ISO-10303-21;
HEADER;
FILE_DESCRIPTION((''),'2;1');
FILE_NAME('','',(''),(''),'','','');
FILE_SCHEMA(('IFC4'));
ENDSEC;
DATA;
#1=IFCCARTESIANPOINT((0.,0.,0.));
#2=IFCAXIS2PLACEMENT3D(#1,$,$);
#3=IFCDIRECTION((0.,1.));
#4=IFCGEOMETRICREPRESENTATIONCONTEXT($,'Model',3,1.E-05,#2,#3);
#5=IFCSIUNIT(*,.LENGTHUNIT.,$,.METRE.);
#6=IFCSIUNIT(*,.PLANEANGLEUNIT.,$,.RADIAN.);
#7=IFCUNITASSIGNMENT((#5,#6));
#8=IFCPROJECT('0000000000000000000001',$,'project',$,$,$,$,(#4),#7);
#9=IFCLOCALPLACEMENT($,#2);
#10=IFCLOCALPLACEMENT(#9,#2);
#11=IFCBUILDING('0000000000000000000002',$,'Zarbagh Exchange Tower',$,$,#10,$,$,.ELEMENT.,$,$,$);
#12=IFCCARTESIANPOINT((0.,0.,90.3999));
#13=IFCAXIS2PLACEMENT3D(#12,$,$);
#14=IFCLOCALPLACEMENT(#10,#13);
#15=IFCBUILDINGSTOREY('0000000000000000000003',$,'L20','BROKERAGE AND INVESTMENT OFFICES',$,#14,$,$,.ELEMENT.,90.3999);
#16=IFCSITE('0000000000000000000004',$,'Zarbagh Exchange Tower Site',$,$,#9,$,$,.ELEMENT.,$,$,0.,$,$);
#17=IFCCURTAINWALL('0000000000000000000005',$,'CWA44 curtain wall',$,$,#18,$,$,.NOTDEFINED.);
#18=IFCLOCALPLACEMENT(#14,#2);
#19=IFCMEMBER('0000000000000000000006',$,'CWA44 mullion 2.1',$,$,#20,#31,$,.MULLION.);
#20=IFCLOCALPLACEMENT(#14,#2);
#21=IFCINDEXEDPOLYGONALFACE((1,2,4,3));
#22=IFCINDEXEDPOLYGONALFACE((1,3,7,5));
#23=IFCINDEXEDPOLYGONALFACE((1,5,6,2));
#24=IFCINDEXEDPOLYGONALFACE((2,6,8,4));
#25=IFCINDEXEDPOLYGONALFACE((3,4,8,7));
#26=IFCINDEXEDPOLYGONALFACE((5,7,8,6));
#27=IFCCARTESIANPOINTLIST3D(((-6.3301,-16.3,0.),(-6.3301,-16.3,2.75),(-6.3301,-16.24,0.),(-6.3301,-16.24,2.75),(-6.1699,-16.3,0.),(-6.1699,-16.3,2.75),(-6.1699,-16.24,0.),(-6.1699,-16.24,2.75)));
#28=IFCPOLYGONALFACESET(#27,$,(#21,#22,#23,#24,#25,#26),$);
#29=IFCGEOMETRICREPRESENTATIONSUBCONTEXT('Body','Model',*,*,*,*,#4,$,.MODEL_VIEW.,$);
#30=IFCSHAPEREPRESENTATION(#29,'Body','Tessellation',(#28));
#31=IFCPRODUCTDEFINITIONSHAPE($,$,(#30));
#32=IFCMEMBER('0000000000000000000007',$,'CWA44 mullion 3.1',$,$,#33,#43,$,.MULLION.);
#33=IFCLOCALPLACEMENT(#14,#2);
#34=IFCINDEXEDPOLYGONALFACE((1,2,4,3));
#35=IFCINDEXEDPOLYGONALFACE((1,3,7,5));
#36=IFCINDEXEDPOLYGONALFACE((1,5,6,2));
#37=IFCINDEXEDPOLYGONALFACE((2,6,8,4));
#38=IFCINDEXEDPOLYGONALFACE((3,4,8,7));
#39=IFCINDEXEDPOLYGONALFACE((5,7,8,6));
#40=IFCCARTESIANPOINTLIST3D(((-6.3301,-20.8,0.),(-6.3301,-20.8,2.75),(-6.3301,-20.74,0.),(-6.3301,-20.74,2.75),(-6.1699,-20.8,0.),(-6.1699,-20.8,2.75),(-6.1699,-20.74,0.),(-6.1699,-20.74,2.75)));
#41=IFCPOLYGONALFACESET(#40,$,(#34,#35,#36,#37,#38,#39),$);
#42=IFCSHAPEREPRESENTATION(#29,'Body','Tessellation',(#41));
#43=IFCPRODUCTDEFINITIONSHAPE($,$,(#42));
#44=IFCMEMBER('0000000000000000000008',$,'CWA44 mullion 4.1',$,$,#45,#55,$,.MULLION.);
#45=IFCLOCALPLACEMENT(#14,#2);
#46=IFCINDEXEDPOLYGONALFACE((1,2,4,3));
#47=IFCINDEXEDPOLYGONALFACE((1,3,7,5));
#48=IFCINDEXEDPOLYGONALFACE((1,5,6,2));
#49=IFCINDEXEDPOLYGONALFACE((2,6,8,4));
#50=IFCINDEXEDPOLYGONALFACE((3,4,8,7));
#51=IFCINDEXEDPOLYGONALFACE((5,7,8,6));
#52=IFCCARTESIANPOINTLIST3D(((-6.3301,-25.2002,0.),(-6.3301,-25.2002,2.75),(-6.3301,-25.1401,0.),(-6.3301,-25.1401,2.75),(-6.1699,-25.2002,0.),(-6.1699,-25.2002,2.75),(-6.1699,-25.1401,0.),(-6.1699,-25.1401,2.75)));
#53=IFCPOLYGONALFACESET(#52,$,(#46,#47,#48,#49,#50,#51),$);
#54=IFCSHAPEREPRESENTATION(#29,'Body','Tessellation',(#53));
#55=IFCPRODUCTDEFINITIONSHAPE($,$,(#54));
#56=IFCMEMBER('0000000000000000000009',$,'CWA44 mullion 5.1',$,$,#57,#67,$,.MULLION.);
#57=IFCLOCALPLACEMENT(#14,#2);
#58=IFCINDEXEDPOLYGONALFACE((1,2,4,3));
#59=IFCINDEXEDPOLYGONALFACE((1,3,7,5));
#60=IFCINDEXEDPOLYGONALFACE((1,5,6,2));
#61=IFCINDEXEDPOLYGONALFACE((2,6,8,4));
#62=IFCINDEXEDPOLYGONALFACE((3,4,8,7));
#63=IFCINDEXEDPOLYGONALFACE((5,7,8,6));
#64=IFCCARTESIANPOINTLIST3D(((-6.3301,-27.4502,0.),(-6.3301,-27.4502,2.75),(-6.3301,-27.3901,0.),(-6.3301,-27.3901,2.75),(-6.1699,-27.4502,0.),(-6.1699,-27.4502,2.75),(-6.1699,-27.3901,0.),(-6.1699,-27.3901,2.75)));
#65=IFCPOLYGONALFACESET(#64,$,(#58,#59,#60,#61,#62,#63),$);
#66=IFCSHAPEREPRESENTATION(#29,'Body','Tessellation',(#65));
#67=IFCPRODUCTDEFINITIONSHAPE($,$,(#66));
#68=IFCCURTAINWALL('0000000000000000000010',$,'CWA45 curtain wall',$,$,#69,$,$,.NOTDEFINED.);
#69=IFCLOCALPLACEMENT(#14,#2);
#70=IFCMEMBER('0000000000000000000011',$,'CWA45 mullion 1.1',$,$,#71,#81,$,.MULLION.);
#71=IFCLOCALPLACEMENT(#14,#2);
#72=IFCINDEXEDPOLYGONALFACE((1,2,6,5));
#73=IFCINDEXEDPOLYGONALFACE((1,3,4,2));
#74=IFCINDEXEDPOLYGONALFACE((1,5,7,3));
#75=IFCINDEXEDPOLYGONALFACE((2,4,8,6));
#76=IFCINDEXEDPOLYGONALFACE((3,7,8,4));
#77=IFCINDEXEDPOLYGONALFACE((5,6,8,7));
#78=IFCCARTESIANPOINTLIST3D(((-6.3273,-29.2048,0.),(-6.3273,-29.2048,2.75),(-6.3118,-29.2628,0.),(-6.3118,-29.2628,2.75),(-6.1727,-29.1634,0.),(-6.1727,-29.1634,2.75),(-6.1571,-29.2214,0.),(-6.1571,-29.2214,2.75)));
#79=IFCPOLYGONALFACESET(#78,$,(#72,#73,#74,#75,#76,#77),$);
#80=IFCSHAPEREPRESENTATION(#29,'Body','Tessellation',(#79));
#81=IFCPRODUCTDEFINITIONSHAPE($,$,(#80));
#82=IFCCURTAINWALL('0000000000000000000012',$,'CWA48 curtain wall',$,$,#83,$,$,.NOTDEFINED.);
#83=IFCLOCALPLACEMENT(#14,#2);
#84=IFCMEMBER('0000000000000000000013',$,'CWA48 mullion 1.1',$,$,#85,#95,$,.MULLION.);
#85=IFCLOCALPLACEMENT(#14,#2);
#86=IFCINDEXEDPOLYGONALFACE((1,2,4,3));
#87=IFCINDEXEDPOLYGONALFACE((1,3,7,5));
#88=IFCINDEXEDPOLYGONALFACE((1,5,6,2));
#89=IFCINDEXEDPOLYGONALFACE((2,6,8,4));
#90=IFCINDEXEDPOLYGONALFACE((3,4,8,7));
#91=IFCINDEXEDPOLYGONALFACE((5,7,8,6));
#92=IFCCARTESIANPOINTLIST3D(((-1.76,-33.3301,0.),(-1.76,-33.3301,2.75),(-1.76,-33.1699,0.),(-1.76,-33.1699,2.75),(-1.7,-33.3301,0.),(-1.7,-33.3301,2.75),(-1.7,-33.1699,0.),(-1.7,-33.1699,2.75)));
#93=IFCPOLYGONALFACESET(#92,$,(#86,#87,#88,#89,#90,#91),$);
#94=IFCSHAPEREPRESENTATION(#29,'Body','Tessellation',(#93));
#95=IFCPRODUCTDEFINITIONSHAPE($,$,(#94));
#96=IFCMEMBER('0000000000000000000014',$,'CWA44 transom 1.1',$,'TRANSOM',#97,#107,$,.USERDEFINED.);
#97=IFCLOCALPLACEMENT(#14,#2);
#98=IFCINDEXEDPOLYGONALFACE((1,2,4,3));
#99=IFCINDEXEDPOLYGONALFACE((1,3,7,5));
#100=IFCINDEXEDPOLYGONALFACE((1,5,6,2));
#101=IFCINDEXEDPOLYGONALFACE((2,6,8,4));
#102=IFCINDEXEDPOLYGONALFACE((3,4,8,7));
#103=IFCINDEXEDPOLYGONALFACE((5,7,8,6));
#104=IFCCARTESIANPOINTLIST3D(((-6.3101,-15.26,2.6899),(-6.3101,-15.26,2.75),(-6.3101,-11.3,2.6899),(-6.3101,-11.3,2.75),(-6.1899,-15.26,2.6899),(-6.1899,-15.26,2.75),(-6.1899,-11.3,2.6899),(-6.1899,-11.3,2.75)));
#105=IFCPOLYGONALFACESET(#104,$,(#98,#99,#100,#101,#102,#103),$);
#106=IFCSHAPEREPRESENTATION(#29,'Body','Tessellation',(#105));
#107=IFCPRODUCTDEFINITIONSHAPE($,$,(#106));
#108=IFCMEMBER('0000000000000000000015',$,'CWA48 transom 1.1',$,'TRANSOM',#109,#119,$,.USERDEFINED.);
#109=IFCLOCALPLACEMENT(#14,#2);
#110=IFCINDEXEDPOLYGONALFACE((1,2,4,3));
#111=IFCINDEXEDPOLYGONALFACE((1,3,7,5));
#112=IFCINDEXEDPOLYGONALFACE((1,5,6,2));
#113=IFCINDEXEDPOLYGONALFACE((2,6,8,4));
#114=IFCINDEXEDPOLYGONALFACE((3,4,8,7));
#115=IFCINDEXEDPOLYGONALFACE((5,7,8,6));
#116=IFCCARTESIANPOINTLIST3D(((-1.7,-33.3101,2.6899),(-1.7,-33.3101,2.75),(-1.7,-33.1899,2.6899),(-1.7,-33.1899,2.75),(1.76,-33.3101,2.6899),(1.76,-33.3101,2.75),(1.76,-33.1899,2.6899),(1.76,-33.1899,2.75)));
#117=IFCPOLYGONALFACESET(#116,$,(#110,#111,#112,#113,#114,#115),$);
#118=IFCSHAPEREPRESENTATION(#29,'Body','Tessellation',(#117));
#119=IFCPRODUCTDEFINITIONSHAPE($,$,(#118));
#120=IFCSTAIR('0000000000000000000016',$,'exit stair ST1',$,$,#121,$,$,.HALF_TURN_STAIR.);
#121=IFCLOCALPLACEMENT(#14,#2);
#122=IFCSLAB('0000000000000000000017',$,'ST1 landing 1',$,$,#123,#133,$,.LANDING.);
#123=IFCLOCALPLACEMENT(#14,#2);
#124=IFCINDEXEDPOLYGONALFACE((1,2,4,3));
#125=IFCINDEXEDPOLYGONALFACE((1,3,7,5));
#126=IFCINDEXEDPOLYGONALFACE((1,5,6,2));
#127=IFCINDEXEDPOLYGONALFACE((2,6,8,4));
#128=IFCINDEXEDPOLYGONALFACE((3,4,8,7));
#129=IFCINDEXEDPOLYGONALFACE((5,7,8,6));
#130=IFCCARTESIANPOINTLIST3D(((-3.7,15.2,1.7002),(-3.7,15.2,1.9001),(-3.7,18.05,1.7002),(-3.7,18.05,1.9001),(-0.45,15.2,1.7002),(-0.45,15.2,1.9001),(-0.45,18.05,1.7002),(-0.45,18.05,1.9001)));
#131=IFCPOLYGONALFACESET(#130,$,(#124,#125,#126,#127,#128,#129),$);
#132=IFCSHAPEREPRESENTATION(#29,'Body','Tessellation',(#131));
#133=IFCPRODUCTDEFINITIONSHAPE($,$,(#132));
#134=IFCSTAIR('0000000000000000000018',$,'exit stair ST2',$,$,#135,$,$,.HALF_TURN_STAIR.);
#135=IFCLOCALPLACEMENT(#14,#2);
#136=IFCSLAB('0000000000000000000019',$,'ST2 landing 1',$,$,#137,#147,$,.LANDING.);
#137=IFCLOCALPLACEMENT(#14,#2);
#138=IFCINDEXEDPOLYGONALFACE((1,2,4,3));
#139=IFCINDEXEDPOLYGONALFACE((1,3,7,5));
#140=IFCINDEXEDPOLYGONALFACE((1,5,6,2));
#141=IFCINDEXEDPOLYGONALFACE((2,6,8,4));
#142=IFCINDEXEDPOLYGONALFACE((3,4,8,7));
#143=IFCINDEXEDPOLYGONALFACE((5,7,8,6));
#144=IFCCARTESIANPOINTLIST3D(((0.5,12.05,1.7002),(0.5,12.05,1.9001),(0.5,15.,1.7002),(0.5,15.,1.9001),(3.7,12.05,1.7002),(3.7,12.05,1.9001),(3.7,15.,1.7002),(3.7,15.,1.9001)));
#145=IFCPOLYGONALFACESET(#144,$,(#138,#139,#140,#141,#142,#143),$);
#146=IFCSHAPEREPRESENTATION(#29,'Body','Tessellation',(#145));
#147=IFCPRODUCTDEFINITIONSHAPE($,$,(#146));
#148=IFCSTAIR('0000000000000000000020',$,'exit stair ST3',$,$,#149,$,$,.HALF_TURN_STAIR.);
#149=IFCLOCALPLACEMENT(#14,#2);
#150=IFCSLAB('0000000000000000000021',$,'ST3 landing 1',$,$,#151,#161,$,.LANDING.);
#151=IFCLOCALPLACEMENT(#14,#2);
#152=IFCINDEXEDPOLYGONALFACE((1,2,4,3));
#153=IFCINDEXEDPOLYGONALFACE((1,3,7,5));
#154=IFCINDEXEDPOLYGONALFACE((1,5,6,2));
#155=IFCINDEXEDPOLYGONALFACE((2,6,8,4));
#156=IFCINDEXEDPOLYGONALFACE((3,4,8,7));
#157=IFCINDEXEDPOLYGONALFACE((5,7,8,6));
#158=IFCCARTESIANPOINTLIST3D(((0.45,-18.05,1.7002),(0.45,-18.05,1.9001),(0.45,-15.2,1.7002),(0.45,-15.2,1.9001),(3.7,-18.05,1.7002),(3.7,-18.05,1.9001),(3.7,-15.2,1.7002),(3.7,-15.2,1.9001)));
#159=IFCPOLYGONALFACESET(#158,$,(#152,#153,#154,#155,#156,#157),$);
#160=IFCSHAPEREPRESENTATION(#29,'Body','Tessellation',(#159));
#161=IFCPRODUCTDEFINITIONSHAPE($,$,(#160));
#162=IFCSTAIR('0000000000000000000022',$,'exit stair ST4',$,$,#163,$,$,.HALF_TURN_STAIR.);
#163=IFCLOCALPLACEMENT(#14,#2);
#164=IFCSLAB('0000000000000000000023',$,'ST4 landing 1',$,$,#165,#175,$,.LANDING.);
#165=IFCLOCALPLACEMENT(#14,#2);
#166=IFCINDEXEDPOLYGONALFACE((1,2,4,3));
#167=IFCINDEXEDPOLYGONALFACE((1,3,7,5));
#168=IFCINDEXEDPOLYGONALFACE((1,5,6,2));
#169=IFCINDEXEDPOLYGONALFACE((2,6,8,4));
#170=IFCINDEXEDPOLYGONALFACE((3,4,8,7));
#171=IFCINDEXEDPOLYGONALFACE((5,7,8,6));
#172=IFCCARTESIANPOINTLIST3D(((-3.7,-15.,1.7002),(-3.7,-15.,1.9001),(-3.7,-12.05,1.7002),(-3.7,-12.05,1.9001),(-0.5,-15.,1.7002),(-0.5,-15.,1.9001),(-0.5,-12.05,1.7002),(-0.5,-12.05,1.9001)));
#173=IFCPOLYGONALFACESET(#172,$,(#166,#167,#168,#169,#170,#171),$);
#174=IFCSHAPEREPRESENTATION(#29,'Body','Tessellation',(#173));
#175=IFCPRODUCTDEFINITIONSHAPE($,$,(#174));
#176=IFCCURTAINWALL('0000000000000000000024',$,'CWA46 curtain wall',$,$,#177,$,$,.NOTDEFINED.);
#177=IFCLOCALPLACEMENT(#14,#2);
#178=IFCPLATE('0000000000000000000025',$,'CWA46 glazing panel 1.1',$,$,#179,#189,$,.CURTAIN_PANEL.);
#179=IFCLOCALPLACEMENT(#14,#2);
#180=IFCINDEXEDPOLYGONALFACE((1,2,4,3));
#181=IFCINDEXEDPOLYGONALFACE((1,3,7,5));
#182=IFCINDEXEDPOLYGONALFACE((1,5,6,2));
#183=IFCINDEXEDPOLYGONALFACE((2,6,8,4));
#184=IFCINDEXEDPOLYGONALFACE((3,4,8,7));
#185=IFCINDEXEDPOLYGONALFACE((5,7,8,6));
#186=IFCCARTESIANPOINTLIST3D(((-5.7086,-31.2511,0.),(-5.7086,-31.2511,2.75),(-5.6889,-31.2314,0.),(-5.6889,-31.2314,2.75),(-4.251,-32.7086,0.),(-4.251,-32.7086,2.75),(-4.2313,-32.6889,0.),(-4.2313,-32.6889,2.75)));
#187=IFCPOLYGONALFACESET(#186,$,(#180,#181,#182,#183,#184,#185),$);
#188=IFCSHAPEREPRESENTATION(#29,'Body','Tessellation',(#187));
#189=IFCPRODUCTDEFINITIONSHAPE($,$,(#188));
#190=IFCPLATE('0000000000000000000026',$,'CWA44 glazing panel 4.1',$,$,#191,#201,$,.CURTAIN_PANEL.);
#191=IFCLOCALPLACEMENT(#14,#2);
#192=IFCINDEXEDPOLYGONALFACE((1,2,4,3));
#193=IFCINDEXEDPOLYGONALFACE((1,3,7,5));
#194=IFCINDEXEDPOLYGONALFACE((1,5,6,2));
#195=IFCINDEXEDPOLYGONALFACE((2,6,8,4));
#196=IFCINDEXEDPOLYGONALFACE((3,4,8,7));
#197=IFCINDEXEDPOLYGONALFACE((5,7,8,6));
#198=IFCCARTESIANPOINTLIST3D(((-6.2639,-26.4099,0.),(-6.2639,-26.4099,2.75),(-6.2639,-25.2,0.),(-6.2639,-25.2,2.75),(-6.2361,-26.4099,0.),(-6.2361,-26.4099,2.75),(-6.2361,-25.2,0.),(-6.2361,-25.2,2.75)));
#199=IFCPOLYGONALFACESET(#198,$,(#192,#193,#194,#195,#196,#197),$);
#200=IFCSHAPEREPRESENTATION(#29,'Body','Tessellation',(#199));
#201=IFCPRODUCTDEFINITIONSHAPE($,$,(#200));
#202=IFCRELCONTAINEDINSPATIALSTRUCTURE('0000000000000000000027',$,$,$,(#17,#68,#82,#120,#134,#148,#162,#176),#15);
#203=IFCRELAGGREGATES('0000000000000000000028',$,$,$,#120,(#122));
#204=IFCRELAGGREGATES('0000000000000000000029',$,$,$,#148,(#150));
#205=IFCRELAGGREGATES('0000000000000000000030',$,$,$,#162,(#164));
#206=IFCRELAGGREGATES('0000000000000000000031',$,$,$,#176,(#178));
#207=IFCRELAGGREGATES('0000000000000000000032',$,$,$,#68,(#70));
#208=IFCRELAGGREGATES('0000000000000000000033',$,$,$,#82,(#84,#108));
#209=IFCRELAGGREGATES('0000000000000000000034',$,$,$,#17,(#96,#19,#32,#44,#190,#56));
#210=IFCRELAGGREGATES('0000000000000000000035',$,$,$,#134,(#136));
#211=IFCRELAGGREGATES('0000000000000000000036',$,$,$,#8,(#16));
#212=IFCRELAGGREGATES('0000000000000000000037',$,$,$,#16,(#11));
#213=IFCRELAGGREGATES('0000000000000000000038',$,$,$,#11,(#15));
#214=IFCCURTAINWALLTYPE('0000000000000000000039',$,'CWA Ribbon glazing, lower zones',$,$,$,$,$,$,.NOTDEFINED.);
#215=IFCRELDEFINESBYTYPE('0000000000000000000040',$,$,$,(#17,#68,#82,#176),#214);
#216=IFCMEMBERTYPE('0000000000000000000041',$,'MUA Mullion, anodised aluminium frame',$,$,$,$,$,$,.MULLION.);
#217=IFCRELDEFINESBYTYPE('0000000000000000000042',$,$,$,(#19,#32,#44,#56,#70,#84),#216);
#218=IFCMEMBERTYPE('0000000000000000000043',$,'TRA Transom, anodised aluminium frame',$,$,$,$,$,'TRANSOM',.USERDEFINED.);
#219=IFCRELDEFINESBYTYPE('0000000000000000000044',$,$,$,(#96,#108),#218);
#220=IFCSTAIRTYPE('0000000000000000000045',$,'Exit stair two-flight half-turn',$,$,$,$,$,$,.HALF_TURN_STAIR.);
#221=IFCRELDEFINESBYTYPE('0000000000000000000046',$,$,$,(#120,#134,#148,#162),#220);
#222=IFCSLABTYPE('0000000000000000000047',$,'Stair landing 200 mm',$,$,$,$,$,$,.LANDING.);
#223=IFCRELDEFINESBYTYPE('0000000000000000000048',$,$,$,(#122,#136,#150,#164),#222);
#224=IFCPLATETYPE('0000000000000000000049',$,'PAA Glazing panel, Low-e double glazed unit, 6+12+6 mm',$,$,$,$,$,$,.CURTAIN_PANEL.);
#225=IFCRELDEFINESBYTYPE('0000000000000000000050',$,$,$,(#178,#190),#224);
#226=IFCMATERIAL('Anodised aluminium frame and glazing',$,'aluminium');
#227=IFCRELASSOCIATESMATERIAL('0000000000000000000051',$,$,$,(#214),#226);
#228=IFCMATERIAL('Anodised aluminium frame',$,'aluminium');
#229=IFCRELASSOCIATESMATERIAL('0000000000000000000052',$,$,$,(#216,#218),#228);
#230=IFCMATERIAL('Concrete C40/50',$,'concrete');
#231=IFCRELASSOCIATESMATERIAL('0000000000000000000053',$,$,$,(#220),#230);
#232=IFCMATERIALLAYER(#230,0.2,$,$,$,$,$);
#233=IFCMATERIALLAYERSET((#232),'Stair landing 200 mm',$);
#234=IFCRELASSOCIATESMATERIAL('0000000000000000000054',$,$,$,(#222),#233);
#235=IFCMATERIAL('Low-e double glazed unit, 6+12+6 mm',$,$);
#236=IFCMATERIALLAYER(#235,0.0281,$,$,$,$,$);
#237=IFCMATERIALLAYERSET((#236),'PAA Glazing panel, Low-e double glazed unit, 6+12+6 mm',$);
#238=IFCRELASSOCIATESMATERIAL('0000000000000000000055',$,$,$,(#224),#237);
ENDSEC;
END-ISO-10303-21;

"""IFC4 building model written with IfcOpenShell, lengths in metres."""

from ifc_helpers import new_model, si_unit, direction, frame, origin, place, context, subcontext, project, spatial, polyline, outline, extrude, source, transform, mapped, material, layer, layer_set, type_object, element, aggregate, save


model = new_model("IFC4")

# Units and contexts
model_context = context("Model", 3, precision=1e-05, world=origin(), true_north=direction((0.0, 1.0)))
body_context = subcontext(model_context, "Body", "Model", "MODEL_VIEW")
ifc_project = project(units=[si_unit("LENGTHUNIT", "METRE"), si_unit("PLANEANGLEUNIT", "RADIAN")], contexts=[model_context])

# Site, building, storey
site_placement = place(None, origin())
site = spatial("IfcSite", under=ifc_project, at=site_placement, Name="Zarbagh Exchange Tower Site", CompositionType="ELEMENT", RefElevation=0.0)
building_placement = place(site_placement, origin())
building = spatial("IfcBuilding", under=site, at=building_placement, Name="Zarbagh Exchange Tower", CompositionType="ELEMENT")
storey_placement = place(building_placement, frame((0.0, 0.0, 90.3999)))
storey = spatial("IfcBuildingStorey", under=building, at=storey_placement, Name="L20", Description="BROKERAGE AND INVESTMENT OFFICES", CompositionType="ELEMENT", Elevation=90.3999)

# Curtain wall, members
ifc_material_1 = material(Name="Anodised aluminium frame and glazing", Category="aluminium")
curtain_wall_type = type_object("IfcCurtainWallType", Name="CWA Ribbon glazing, lower zones", PredefinedType="NOTDEFINED", material=ifc_material_1)
curtain_wall_1_placement = place(storey_placement, origin())
curtain_wall_1 = element("IfcCurtainWall", 1, at=curtain_wall_1_placement, inside=storey, type_object=curtain_wall_type, Name="CWA44 curtain wall", PredefinedType="NOTDEFINED")
ifc_material_2 = material(Name="Anodised aluminium frame", Category="aluminium")
member_type_1 = type_object("IfcMemberType", Name="MUA Mullion, anodised aluminium frame", PredefinedType="MULLION", material=ifc_material_2)
shared_shape_1 = source(origin(), body_context, "Body", "SweptSolid", [
    extrude(outline(polyline([(0.0, -0.0801), (0.0601, -0.0801), (0.0601, 0.0801), (0.0, 0.0801), (0.0, -0.0801)])), origin(), (0.0, 0.0, 1.0), 2.75),
])
placement = place(storey_placement, origin())
member_1 = element("IfcMember", 2, at=placement, type_object=member_type_1, Name="CWA44 mullion 2.1", PredefinedType="MULLION", context=body_context, shape_type="MappedRepresentation", body=[
    mapped(shared_shape_1, transform((-6.25, -16.24, 0.0), x_axis=(0.0, -1.0, 0.0), y_axis=(1.0, 0.0, 0.0), z_axis=(0.0, 0.0, 1.0))),
])
member_2 = element("IfcMember", 3, at=placement, type_object=member_type_1, Name="CWA44 mullion 3.1", PredefinedType="MULLION", context=body_context, shape_type="MappedRepresentation", body=[
    mapped(shared_shape_1, transform((-6.25, -20.74, 0.0), x_axis=(0.0, -1.0, 0.0), y_axis=(1.0, 0.0, 0.0), z_axis=(0.0, 0.0, 1.0))),
])
member_3 = element("IfcMember", 4, at=placement, type_object=member_type_1, Name="CWA44 mullion 4.1", PredefinedType="MULLION", context=body_context, shape_type="MappedRepresentation", body=[
    mapped(shared_shape_1, transform((-6.25, -25.1401, 0.0), x_axis=(0.0, -1.0, 0.0), y_axis=(1.0, 0.0, 0.0), z_axis=(0.0, 0.0, 1.0))),
])
member_4 = element("IfcMember", 5, at=placement, type_object=member_type_1, Name="CWA44 mullion 5.1", PredefinedType="MULLION", context=body_context, shape_type="MappedRepresentation", body=[
    mapped(shared_shape_1, transform((-6.25, -27.3901, 0.0), x_axis=(0.0, -1.0, 0.0), y_axis=(1.0, 0.0, 0.0), z_axis=(0.0, 0.0, 1.0))),
])

# Curtain walls, members
curtain_wall_2_placement = place(storey_placement, origin())
curtain_wall_2 = element("IfcCurtainWall", 6, at=curtain_wall_2_placement, inside=storey, type_object=curtain_wall_type, Name="CWA45 curtain wall", PredefinedType="NOTDEFINED")
member_5 = element("IfcMember", 7, at=placement, type_object=member_type_1, Name="CWA45 mullion 1.1", PredefinedType="MULLION", context=body_context, shape_type="MappedRepresentation", body=[
    mapped(shared_shape_1, transform((-6.25, -29.1841, 0.0), x_axis=(0.258825, -0.965924, 0.0), y_axis=(0.965924, 0.258825, 0.0), z_axis=(0.0, 0.0, 1.0))),
])
curtain_wall_3_placement = place(storey_placement, origin())
curtain_wall_3 = element("IfcCurtainWall", 8, at=curtain_wall_3_placement, inside=storey, type_object=curtain_wall_type, Name="CWA48 curtain wall", PredefinedType="NOTDEFINED")
member_6 = element("IfcMember", 9, at=placement, type_object=member_type_1, Name="CWA48 mullion 1.1", PredefinedType="MULLION", context=body_context, shape_type="MappedRepresentation", body=[
    mapped(shared_shape_1, transform((-1.76, -33.25, 0.0), x_axis=(1.0, 0.0, 0.0), y_axis=(0.0, 1.0, 0.0), z_axis=(0.0, 0.0, 1.0))),
])

# Members
member_type_2 = type_object("IfcMemberType", Name="TRA Transom, anodised aluminium frame", ElementType="TRANSOM", PredefinedType="USERDEFINED", material=ifc_material_2)
shared_shape_2 = source(origin(), body_context, "Body", "SweptSolid", [
    extrude(outline(polyline([(-0.0601, -0.0601), (0.0, -0.0601), (0.0, 0.0601), (-0.0601, 0.0601), (-0.0601, -0.0601)])), origin(), (0.0, 0.0, 1.0), 3.96),
])
member_7 = element("IfcMember", 10, at=placement, type_object=member_type_2, Name="CWA44 transom 1.1", ObjectType="TRANSOM", PredefinedType="USERDEFINED", context=body_context, shape_type="MappedRepresentation", body=[
    mapped(shared_shape_2, transform((-6.25, -11.3, 2.75), x_axis=(0.0, 0.0, 1.0), y_axis=(-1.0, 0.0, 0.0), z_axis=(0.0, -1.0, 0.0))),
])
shared_shape_3 = source(origin(), body_context, "Body", "SweptSolid", [
    extrude(outline(polyline([(-0.0601, -0.0601), (0.0, -0.0601), (0.0, 0.0601), (-0.0601, 0.0601), (-0.0601, -0.0601)])), origin(), (0.0, 0.0, 1.0), 3.46),
])
member_8 = element("IfcMember", 11, at=placement, type_object=member_type_2, Name="CWA48 transom 1.1", ObjectType="TRANSOM", PredefinedType="USERDEFINED", context=body_context, shape_type="MappedRepresentation", body=[
    mapped(shared_shape_3, transform((-1.7, -33.25, 2.75), x_axis=(0.0, 0.0, 1.0), y_axis=(0.0, -1.0, 0.0), z_axis=(1.0, 0.0, 0.0))),
])

# Stairs, slabs
ifc_material_3 = material(Name="Concrete C40/50", Category="concrete")
stair_type = type_object("IfcStairType", Name="Exit stair two-flight half-turn", PredefinedType="HALF_TURN_STAIR", material=ifc_material_3)
stair_1_placement = place(storey_placement, origin())
stair_1 = element("IfcStair", 12, at=stair_1_placement, inside=storey, type_object=stair_type, Name="exit stair ST1", PredefinedType="HALF_TURN_STAIR")
ifc_layer_1 = layer(ifc_material_3, 0.2)
ifc_layer_set_1 = layer_set([ifc_layer_1], Name="Stair landing 200 mm")
slab_type = type_object("IfcSlabType", Name="Stair landing 200 mm", PredefinedType="LANDING", material=ifc_layer_set_1)
slab_1_placement = place(storey_placement, frame((0.0, 0.0, 1.7002)))
slab_1 = element("IfcSlab", 13, at=slab_1_placement, type_object=slab_type, Name="ST1 landing 1", PredefinedType="LANDING", context=body_context, shape_type="SweptSolid", body=[
    extrude(outline(polyline([(-0.45, 18.05), (-3.7, 18.05), (-3.7, 15.2), (-0.45, 15.2), (-0.45, 18.05)])), origin(), (0.0, 0.0, 1.0), 0.2),
])
aggregate(stair_1, [slab_1])
stair_2_placement = place(storey_placement, origin())
stair_2 = element("IfcStair", 14, at=stair_2_placement, inside=storey, type_object=stair_type, Name="exit stair ST2", PredefinedType="HALF_TURN_STAIR")
slab_2_placement = place(storey_placement, frame((0.0, 0.0, 1.7002)))
slab_2 = element("IfcSlab", 15, at=slab_2_placement, type_object=slab_type, Name="ST2 landing 1", PredefinedType="LANDING", context=body_context, shape_type="SweptSolid", body=[
    extrude(outline(polyline([(0.5, 12.05), (3.7, 12.05), (3.7, 15.0), (0.5, 15.0), (0.5, 12.05)])), origin(), (0.0, 0.0, 1.0), 0.2),
])
stair_3_placement = place(storey_placement, origin())
stair_3 = element("IfcStair", 16, at=stair_3_placement, inside=storey, type_object=stair_type, Name="exit stair ST3", PredefinedType="HALF_TURN_STAIR")
slab_3_placement = place(storey_placement, frame((0.0, 0.0, 1.7002)))
slab_3 = element("IfcSlab", 17, at=slab_3_placement, type_object=slab_type, Name="ST3 landing 1", PredefinedType="LANDING", context=body_context, shape_type="SweptSolid", body=[
    extrude(outline(polyline([(0.45, -18.05), (3.7, -18.05), (3.7, -15.2), (0.45, -15.2), (0.45, -18.05)])), origin(), (0.0, 0.0, 1.0), 0.2),
])
aggregate(stair_3, [slab_3])
stair_4_placement = place(storey_placement, origin())
stair_4 = element("IfcStair", 18, at=stair_4_placement, inside=storey, type_object=stair_type, Name="exit stair ST4", PredefinedType="HALF_TURN_STAIR")
slab_4_placement = place(storey_placement, frame((0.0, 0.0, 1.7002)))
slab_4 = element("IfcSlab", 19, at=slab_4_placement, type_object=slab_type, Name="ST4 landing 1", PredefinedType="LANDING", context=body_context, shape_type="SweptSolid", body=[
    extrude(outline(polyline([(-0.5, -12.05), (-3.7, -12.05), (-3.7, -15.0), (-0.5, -15.0), (-0.5, -12.05)])), origin(), (0.0, 0.0, 1.0), 0.2),
])
aggregate(stair_4, [slab_4])

# Curtain wall, plate
curtain_wall_4_placement = place(storey_placement, origin())
curtain_wall_4 = element("IfcCurtainWall", 20, at=curtain_wall_4_placement, inside=storey, type_object=curtain_wall_type, Name="CWA46 curtain wall", PredefinedType="NOTDEFINED")
ifc_material_4 = material(Name="Low-e double glazed unit, 6+12+6 mm")
ifc_layer_2 = layer(ifc_material_4, 0.0281)
ifc_layer_set_2 = layer_set([ifc_layer_2], Name="PAA Glazing panel, Low-e double glazed unit, 6+12+6 mm")
plate_type = type_object("IfcPlateType", Name="PAA Glazing panel, Low-e double glazed unit, 6+12+6 mm", PredefinedType="CURTAIN_PANEL", material=ifc_layer_set_2)
shared_shape_4 = source(origin(), body_context, "Body", "SweptSolid", [
    extrude(outline(polyline([(0.0, -0.0139), (2.0613, -0.0139), (2.0613, 0.0139), (0.0, 0.0139), (0.0, -0.0139)])), origin(), (0.0, 0.0, 1.0), 2.75),
])
plate_1 = element("IfcPlate", 21, at=placement, type_object=plate_type, Name="CWA46 glazing panel 1.1", PredefinedType="CURTAIN_PANEL", context=body_context, shape_type="MappedRepresentation", body=[
    mapped(shared_shape_4, transform((-5.6987, -31.2412, 0.0), x_axis=(0.707107, -0.707107, 0.0), y_axis=(0.707107, 0.707107, 0.0), z_axis=(0.0, 0.0, 1.0))),
])
aggregate(curtain_wall_4, [plate_1])

# Plate
shared_shape_5 = source(origin(), body_context, "Body", "SweptSolid", [
    extrude(outline(polyline([(0.0, -0.0139), (1.21, -0.0139), (1.21, 0.0139), (0.0, 0.0139), (0.0, -0.0139)])), origin(), (0.0, 0.0, 1.0), 2.75),
])
plate_2 = element("IfcPlate", 22, at=placement, type_object=plate_type, Name="CWA44 glazing panel 4.1", PredefinedType="CURTAIN_PANEL", context=body_context, shape_type="MappedRepresentation", body=[
    mapped(shared_shape_5, transform((-6.25, -25.2, 0.0), x_axis=(0.0, -1.0, 0.0), y_axis=(1.0, 0.0, 0.0), z_axis=(0.0, 0.0, 1.0))),
])
aggregate(curtain_wall_2, [member_5])

aggregate(curtain_wall_3, [member_6, member_8])
aggregate(curtain_wall_1, [member_7, member_1, member_2, member_3, plate_2, member_4])

aggregate(stair_2, [slab_2])

save(model, "model.ifc")
